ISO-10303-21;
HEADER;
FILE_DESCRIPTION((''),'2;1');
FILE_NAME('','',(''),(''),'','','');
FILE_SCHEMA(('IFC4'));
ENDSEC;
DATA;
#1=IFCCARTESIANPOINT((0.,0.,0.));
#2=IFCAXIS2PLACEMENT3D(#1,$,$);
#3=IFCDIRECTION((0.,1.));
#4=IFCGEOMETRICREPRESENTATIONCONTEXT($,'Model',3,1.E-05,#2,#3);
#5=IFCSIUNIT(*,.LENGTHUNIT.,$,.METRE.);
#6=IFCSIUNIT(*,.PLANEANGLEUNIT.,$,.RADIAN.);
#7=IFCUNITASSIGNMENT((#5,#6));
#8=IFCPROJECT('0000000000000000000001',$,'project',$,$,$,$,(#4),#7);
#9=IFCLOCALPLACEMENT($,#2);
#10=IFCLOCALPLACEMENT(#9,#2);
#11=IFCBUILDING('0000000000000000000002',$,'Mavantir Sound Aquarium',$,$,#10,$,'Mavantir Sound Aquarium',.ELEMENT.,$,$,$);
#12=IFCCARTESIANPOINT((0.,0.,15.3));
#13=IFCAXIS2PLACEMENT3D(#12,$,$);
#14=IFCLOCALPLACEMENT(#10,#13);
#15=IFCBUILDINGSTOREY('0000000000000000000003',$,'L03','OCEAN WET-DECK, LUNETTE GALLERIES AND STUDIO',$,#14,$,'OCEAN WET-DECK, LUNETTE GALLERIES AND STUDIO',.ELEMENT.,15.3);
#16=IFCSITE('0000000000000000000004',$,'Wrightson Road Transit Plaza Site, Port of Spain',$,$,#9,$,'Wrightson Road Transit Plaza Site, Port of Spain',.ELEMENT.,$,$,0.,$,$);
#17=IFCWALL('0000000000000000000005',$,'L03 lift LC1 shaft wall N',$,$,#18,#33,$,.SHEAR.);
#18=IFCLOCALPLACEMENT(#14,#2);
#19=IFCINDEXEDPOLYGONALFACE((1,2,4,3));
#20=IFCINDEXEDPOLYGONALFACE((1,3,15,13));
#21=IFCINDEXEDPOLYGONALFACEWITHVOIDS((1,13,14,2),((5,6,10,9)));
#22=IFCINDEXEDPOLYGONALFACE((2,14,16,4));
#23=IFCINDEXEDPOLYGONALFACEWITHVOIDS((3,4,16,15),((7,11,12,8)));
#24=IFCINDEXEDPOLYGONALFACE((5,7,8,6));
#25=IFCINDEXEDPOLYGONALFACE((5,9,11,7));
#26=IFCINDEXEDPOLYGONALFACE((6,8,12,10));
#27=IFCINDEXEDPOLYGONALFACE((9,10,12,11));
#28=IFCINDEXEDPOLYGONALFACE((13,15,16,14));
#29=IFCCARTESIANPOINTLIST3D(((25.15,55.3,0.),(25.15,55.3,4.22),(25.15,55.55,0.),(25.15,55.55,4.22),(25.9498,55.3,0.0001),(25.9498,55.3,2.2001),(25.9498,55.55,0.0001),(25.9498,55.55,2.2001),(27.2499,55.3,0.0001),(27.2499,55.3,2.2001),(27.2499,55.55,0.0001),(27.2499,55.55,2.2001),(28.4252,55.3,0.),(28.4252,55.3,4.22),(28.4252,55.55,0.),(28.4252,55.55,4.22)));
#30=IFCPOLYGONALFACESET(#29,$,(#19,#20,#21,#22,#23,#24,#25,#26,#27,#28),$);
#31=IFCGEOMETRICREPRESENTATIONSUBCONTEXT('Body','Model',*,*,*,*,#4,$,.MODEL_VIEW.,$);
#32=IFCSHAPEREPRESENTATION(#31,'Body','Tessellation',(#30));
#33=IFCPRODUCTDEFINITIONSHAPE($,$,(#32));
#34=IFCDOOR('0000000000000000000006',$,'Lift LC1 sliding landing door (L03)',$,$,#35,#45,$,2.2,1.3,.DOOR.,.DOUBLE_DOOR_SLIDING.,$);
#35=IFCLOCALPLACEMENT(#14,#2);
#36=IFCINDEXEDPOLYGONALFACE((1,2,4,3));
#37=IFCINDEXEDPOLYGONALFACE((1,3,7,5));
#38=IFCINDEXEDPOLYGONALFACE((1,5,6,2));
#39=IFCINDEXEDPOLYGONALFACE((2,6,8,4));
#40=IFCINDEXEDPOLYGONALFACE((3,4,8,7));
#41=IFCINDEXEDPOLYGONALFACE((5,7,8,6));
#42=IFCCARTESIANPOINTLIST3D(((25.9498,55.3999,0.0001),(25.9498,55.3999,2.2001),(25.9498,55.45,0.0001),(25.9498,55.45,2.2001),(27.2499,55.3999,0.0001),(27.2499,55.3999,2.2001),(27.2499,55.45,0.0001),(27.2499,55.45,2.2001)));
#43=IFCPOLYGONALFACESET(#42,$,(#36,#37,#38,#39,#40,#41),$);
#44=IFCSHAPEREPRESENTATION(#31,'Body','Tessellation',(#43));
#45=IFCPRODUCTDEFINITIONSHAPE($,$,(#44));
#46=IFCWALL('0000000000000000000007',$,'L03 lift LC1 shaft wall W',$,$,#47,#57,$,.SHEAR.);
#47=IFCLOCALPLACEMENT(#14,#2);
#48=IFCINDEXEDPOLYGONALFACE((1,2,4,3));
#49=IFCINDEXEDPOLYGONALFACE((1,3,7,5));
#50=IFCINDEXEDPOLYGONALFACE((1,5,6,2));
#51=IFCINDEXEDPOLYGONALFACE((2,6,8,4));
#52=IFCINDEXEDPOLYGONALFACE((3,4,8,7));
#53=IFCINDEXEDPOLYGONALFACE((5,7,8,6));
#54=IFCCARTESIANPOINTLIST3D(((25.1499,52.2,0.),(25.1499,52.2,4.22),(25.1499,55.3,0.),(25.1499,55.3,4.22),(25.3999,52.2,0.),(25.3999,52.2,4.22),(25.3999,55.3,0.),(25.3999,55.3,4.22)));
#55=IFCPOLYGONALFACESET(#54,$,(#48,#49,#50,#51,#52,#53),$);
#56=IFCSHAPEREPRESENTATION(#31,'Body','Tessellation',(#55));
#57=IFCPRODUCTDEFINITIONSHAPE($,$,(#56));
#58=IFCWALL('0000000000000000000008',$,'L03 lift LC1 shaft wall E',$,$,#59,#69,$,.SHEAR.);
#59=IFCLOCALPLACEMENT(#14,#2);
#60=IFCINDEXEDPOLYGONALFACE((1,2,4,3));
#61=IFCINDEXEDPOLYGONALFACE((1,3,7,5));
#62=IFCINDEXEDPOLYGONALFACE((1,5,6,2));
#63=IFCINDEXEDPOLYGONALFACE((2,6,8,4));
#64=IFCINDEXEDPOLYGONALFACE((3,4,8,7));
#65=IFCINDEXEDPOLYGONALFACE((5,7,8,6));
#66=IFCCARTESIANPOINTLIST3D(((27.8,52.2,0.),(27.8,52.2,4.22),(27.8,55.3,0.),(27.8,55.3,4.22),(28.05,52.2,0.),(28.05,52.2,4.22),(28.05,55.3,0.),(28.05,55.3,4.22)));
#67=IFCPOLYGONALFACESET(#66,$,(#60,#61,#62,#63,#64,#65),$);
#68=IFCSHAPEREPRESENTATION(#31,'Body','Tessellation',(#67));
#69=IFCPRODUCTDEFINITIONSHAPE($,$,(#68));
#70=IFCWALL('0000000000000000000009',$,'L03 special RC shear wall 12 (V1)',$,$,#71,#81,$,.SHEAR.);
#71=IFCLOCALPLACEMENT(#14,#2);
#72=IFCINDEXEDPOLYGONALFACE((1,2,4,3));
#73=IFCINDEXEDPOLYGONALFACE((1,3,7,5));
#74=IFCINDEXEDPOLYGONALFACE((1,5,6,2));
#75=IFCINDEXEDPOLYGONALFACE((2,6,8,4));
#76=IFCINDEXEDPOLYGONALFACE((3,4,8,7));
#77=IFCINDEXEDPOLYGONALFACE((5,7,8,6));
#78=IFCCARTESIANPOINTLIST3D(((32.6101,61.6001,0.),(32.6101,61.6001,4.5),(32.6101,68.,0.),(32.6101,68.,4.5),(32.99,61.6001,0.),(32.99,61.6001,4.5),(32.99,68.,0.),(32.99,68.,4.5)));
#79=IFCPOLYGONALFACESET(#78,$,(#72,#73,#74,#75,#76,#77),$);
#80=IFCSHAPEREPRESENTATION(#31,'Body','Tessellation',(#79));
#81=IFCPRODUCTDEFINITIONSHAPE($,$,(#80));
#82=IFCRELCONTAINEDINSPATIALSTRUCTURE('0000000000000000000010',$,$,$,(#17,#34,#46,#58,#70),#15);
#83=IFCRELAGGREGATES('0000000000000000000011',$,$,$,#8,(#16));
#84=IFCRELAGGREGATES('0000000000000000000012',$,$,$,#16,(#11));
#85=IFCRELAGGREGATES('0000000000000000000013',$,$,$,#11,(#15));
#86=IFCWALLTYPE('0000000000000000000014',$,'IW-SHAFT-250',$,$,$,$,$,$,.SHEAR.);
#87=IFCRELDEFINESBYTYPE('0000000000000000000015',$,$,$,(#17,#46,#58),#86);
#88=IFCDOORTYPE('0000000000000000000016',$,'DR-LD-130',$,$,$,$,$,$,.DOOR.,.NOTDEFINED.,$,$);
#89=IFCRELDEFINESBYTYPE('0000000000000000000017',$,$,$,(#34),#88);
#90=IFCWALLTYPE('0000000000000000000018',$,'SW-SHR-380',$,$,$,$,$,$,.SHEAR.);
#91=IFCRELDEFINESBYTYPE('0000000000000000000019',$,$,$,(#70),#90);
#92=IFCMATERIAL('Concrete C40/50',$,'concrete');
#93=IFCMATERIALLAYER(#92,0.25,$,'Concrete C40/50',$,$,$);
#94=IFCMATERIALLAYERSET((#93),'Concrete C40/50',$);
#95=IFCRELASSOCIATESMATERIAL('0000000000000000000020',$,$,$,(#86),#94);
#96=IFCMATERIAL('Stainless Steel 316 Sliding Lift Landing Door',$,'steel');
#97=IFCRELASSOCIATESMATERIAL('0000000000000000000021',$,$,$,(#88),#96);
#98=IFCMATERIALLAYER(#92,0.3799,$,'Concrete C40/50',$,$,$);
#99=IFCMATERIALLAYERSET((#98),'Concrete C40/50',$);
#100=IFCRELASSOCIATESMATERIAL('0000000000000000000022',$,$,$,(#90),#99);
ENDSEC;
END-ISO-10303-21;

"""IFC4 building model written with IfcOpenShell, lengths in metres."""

from ifc_helpers import new_model, si_unit, direction, frame, frame_2d, origin, place, context, subcontext, project, spatial, rectangle, extrude, material, layer, layer_set, type_object, element, fill, save


model = new_model("IFC4")

# Units and contexts
model_context = context("Model", 3, precision=1e-05, world=origin(), true_north=direction((0.0, 1.0)))
body_context = subcontext(model_context, "Body", "Model", "MODEL_VIEW")
ifc_project = project(units=[si_unit("LENGTHUNIT", "METRE"), si_unit("PLANEANGLEUNIT", "RADIAN")], contexts=[model_context])

# Site, building, storey
site_placement = place(None, origin())
site = spatial("IfcSite", under=ifc_project, at=site_placement, Name="Wrightson Road Transit Plaza Site, Port of Spain", LongName="Wrightson Road Transit Plaza Site, Port of Spain", CompositionType="ELEMENT", RefElevation=0.0)
building_placement = place(site_placement, origin())
building = spatial("IfcBuilding", under=site, at=building_placement, Name="Mavantir Sound Aquarium", LongName="Mavantir Sound Aquarium", CompositionType="ELEMENT")
storey_placement = place(building_placement, frame((0.0, 0.0, 15.3)))
storey = spatial("IfcBuildingStorey", under=building, at=storey_placement, Name="L03", Description="OCEAN WET-DECK, LUNETTE GALLERIES AND STUDIO", LongName="OCEAN WET-DECK, LUNETTE GALLERIES AND STUDIO", CompositionType="ELEMENT", Elevation=15.3)

# Shared definitions
ifc_material_1 = material(Name="Concrete C40/50", Category="concrete")

# Shared definitions
ifc_layer_1 = layer(ifc_material_1, 0.25, Name="Concrete C40/50")
ifc_layer_set_1 = layer_set([ifc_layer_1], Name="Concrete C40/50")
wall_type_1 = type_object("IfcWallType", Name="IW-SHAFT-250", PredefinedType="SHEAR", material=ifc_layer_set_1)

# Wall, opening, door
wall_1_placement = place(storey_placement, frame((25.1499, 55.425, 0.0), z_axis=(0.0, 0.0, 1.0), x_axis=(1.0, 0.0, 0.0)))
wall_1 = element("IfcWall", 1, at=wall_1_placement, inside=storey, type_object=wall_type_1, Name="L03 lift LC1 shaft wall N", PredefinedType="SHEAR", context=body_context, shape_type="SweptSolid", body=[
    extrude(rectangle(XDim=3.2751, YDim=0.25, at=frame_2d((1.6377, 0.0))), origin(), (0.0, 0.0, 1.0), 4.22),
])
opening_1_placement = place(wall_1_placement, frame((0.8, 0.0, 0.0)))
opening_1 = element("IfcOpeningElement", 2, at=opening_1_placement, cuts=wall_1, PredefinedType="OPENING", context=body_context, shape_type="SweptSolid", body=[
    extrude(rectangle(XDim=1.3, YDim=2.2, at=frame_2d((0.6499, 1.1001))), frame((0.0, 0.135, 0.0), z_axis=(0.0, -1.0, 0.0), x_axis=(1.0, 0.0, 0.0)), (0.0, 0.0, 1.0), 0.27),
])
ifc_material_2 = material(Name="Stainless Steel 316 Sliding Lift Landing Door", Category="steel")
door_type_1 = type_object("IfcDoorType", Name="DR-LD-130", OperationType="NOTDEFINED", PredefinedType="DOOR", material=ifc_material_2)
door_1_placement = place(opening_1_placement, origin())
door_1 = element("IfcDoor", 3, at=door_1_placement, inside=storey, type_object=door_type_1, Name="Lift LC1 sliding landing door (L03)", OperationType="DOUBLE_DOOR_SLIDING", OverallHeight=2.2, OverallWidth=1.3, PredefinedType="DOOR", context=body_context, shape_type="SweptSolid", body=[
    extrude(rectangle(XDim=1.3, YDim=2.2, at=frame_2d((0.6499, 1.1001))), frame((0.0, 0.0249, 0.0), z_axis=(0.0, -1.0, 0.0), x_axis=(1.0, 0.0, 0.0)), (0.0, 0.0, 1.0), 0.05),
])
fill(opening_1, door_1)

# Walls
for number, where, z_axis, x_axis, name in (
    (4, (25.2749, 52.2, 0.0), (0.0, 0.0, 1.0), (0.0, 1.0, 0.0), "L03 lift LC1 shaft wall W"),
    (5, (27.925, 52.2, 0.0), (0.0, 0.0, 1.0), (0.0, 1.0, 0.0), "L03 lift LC1 shaft wall E"),
):
    element("IfcWall", number, at=place(storey_placement, frame(where, z_axis=z_axis, x_axis=x_axis)), inside=storey, type_object=wall_type_1, Name=name, PredefinedType="SHEAR", context=body_context, shape_type="SweptSolid", body=[
        extrude(rectangle(XDim=3.1001, YDim=0.25, at=frame_2d((1.55, 0.0))), origin(), (0.0, 0.0, 1.0), 4.22),
    ])
ifc_layer_2 = layer(ifc_material_1, 0.3799, Name="Concrete C40/50")
ifc_layer_set_2 = layer_set([ifc_layer_2], Name="Concrete C40/50")
wall_type_2 = type_object("IfcWallType", Name="SW-SHR-380", PredefinedType="SHEAR", material=ifc_layer_set_2)
wall_2_placement = place(storey_placement, frame((32.8, 61.6001, 0.0), z_axis=(0.0, 0.0, 1.0), x_axis=(0.0, 1.0, 0.0)))
element("IfcWall", 6, at=wall_2_placement, inside=storey, type_object=wall_type_2, Name="L03 special RC shear wall 12 (V1)", PredefinedType="SHEAR", context=body_context, shape_type="SweptSolid", body=[
    extrude(rectangle(XDim=6.3999, YDim=0.3799, at=frame_2d((3.2, 0.0))), origin(), (0.0, 0.0, 1.0), 4.5),
])

save(model, "model.ifc")
